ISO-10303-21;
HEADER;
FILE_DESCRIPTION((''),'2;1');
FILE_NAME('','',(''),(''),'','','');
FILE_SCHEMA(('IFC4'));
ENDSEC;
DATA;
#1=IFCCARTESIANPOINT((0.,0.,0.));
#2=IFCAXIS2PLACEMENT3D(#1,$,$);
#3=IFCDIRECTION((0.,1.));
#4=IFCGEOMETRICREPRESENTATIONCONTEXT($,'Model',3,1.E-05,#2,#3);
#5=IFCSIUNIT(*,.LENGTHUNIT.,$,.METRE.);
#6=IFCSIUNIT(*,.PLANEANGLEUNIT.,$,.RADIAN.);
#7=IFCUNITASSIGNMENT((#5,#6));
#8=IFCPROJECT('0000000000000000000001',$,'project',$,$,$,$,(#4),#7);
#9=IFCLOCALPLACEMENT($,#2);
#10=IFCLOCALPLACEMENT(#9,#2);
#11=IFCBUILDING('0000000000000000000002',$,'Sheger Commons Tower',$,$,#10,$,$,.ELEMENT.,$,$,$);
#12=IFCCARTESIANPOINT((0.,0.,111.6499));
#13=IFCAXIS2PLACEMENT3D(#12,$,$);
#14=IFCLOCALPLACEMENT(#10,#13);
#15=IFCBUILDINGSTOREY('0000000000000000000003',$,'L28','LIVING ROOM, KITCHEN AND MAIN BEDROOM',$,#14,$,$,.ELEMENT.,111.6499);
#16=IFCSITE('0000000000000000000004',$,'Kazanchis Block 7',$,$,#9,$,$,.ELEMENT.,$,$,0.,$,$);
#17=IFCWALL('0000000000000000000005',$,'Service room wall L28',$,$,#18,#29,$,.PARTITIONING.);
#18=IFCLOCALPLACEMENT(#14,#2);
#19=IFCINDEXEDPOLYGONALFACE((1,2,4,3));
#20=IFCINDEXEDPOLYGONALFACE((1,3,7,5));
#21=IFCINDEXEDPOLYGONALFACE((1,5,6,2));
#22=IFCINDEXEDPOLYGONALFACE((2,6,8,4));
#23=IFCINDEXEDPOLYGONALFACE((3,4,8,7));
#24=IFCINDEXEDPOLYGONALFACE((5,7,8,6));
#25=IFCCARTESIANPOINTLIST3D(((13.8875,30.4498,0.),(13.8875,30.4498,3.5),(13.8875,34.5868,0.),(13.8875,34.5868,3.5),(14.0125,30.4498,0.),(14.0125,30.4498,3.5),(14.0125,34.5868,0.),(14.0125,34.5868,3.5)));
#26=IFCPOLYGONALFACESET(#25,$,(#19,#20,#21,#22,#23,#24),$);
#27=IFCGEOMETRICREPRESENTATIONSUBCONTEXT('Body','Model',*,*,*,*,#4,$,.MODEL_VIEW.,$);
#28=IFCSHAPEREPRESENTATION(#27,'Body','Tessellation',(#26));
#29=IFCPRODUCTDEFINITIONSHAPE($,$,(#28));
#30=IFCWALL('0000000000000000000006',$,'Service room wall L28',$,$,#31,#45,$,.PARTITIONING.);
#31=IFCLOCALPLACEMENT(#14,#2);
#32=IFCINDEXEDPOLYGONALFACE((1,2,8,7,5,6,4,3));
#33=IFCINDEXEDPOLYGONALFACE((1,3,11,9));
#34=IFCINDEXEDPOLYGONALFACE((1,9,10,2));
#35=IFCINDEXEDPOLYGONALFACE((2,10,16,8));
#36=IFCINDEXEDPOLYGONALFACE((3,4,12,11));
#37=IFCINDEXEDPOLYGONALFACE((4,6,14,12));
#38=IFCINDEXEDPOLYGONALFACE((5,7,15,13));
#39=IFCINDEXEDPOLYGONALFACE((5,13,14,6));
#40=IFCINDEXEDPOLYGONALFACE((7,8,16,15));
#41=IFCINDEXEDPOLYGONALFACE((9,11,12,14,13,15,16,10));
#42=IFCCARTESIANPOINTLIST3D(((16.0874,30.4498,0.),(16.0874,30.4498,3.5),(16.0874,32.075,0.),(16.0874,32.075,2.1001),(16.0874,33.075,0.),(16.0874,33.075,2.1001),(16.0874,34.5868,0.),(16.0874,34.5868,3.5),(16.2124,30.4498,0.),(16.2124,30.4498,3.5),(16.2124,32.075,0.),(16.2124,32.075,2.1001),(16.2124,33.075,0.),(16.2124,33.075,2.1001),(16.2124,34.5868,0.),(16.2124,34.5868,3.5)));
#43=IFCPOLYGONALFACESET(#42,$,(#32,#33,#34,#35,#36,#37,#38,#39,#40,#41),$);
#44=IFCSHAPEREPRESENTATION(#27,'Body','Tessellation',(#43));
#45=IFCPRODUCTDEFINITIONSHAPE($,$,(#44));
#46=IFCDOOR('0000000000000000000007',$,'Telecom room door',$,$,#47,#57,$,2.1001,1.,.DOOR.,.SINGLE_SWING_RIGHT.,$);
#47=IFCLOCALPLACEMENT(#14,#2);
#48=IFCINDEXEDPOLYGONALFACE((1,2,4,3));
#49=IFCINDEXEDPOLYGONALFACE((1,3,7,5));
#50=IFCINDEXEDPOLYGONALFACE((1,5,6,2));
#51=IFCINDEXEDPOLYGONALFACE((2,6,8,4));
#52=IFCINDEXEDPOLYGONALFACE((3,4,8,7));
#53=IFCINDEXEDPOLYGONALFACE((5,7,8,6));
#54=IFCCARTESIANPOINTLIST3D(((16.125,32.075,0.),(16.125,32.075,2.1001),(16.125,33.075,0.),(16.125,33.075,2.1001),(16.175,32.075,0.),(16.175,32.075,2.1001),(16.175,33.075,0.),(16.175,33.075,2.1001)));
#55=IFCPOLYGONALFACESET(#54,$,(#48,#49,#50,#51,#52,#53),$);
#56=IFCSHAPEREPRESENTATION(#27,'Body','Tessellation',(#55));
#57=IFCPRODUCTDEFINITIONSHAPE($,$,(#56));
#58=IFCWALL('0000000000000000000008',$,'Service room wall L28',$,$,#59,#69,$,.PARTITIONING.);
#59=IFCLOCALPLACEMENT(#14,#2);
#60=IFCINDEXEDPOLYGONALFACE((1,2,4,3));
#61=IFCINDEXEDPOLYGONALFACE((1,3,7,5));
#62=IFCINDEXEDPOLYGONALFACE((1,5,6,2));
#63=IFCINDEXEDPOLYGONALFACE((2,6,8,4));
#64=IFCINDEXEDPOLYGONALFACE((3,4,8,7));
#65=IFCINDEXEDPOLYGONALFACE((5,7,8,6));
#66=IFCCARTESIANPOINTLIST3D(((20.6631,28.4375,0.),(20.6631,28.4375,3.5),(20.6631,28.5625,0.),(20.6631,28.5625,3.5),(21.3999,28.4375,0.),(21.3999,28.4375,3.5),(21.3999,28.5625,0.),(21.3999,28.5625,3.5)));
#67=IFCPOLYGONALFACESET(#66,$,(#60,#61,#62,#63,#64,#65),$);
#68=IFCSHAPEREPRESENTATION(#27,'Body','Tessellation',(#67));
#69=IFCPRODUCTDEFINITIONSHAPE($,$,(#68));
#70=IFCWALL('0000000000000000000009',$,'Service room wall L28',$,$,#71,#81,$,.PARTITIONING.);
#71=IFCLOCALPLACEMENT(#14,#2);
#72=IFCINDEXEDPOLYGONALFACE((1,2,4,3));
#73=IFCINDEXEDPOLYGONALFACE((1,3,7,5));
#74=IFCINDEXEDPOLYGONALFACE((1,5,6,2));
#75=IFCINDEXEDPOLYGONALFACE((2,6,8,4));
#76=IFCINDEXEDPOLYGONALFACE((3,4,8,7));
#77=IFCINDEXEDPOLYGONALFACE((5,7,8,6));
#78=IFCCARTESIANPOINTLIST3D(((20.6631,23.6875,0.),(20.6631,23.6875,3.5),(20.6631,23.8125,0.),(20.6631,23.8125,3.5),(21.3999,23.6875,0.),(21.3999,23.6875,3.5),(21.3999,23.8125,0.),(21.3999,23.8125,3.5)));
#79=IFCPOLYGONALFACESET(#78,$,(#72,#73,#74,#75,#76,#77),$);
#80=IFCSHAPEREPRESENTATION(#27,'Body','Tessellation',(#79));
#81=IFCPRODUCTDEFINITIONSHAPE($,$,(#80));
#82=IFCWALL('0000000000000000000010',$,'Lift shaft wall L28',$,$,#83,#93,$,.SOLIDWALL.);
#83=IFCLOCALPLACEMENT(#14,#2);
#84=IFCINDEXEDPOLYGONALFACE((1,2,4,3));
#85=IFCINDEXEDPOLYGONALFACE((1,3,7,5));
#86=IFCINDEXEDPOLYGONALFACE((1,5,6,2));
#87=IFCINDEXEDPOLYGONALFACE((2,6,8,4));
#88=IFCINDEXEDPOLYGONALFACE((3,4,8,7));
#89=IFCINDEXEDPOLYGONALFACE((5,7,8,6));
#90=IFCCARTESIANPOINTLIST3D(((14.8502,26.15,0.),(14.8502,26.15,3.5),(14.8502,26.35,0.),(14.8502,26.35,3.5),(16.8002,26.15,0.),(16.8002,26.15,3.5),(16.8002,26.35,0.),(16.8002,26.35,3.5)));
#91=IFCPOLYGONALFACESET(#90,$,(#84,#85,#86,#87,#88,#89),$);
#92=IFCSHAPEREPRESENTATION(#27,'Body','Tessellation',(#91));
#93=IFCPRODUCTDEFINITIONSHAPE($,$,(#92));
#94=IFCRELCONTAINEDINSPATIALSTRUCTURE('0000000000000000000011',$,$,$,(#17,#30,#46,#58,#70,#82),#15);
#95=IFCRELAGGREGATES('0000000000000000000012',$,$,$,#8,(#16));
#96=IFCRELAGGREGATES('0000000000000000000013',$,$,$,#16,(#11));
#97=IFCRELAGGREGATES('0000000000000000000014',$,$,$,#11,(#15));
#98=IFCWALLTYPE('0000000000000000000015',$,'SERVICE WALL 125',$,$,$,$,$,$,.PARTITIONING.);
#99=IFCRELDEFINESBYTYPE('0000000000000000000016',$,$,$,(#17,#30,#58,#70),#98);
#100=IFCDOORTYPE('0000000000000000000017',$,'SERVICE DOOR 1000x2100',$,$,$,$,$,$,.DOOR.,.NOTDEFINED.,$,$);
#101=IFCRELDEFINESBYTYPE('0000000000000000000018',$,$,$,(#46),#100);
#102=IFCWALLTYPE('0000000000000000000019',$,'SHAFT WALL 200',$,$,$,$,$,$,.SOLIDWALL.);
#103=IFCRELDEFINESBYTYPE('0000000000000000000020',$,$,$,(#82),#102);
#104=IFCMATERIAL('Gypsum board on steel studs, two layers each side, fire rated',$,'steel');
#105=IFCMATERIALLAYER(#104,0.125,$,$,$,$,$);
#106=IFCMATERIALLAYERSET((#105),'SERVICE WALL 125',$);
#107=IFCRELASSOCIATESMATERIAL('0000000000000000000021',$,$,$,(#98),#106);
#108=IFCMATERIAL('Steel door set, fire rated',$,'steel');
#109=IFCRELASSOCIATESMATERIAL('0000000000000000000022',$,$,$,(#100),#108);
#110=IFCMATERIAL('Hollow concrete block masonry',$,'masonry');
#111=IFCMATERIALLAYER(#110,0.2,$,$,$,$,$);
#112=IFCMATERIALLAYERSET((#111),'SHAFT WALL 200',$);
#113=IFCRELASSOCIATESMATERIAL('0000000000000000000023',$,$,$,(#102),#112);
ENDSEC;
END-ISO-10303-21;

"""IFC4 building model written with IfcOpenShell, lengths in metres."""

from ifc_helpers import new_model, si_unit, direction, frame, frame_2d, origin, place, context, subcontext, project, spatial, rectangle, extrude, material, layer, layer_set, type_object, element, fill, save


model = new_model("IFC4")

# Units and contexts
model_context = context("Model", 3, precision=1e-05, world=origin(), true_north=direction((0.0, 1.0)))
body_context = subcontext(model_context, "Body", "Model", "MODEL_VIEW")
ifc_project = project(units=[si_unit("LENGTHUNIT", "METRE"), si_unit("PLANEANGLEUNIT", "RADIAN")], contexts=[model_context])

# Site, building, storey
site_placement = place(None, origin())
site = spatial("IfcSite", under=ifc_project, at=site_placement, Name="Kazanchis Block 7", CompositionType="ELEMENT", RefElevation=0.0)
building_placement = place(site_placement, origin())
building = spatial("IfcBuilding", under=site, at=building_placement, Name="Sheger Commons Tower", CompositionType="ELEMENT")
storey_placement = place(building_placement, frame((0.0, 0.0, 111.6499)))
storey = spatial("IfcBuildingStorey", under=building, at=storey_placement, Name="L28", Description="LIVING ROOM, KITCHEN AND MAIN BEDROOM", CompositionType="ELEMENT", Elevation=111.6499)

# Wall
ifc_material_1 = material(Name="Gypsum board on steel studs, two layers each side, fire rated", Category="steel")
ifc_layer_1 = layer(ifc_material_1, 0.125)
ifc_layer_set_1 = layer_set([ifc_layer_1], Name="SERVICE WALL 125")
wall_type_1 = type_object("IfcWallType", Name="SERVICE WALL 125", PredefinedType="PARTITIONING", material=ifc_layer_set_1)
wall_1_placement = place(storey_placement, frame((13.95, 30.45, 0.0), z_axis=(0.0, 0.0, 1.0), x_axis=(0.0, 1.0, 0.0)))
element("IfcWall", 1, at=wall_1_placement, inside=storey, type_object=wall_type_1, Name="Service room wall L28", PredefinedType="PARTITIONING", context=body_context, shape_type="SweptSolid", body=[
    extrude(rectangle(XDim=4.137, YDim=0.125, at=frame_2d((2.0684, 0.0))), origin(), (0.0, 0.0, 1.0), 3.5),
])

# Wall, opening, door
wall_2_placement = place(storey_placement, frame((16.1499, 30.45, 0.0), z_axis=(0.0, 0.0, 1.0), x_axis=(0.0, 1.0, 0.0)))
wall_2 = element("IfcWall", 2, at=wall_2_placement, inside=storey, type_object=wall_type_1, Name="Service room wall L28", PredefinedType="PARTITIONING", context=body_context, shape_type="SweptSolid", body=[
    extrude(rectangle(XDim=4.137, YDim=0.125, at=frame_2d((2.0684, 0.0))), origin(), (0.0, 0.0, 1.0), 3.5),
])
opening_1_placement = place(wall_2_placement, frame((1.625, 0.0, 0.0)))
opening_1 = element("IfcOpeningElement", 3, at=opening_1_placement, cuts=wall_2, PredefinedType="OPENING", context=body_context, shape_type="SweptSolid", body=[
    extrude(rectangle(XDim=1.0, YDim=2.1001, at=frame_2d((0.5, 1.05))), frame((0.0, 0.0725, 0.0), z_axis=(0.0, -1.0, 0.0), x_axis=(1.0, 0.0, 0.0)), (0.0, 0.0, 1.0), 0.145),
])
ifc_material_2 = material(Name="Steel door set, fire rated", Category="steel")
door_type_1 = type_object("IfcDoorType", Name="SERVICE DOOR 1000x2100", OperationType="NOTDEFINED", PredefinedType="DOOR", material=ifc_material_2)
door_1_placement = place(opening_1_placement, origin())
door_1 = element("IfcDoor", 4, at=door_1_placement, inside=storey, type_object=door_type_1, Name="Telecom room door", OperationType="SINGLE_SWING_RIGHT", OverallHeight=2.1001, OverallWidth=1.0, PredefinedType="DOOR", context=body_context, shape_type="SweptSolid", body=[
    extrude(rectangle(XDim=1.0, YDim=2.1001, at=frame_2d((0.5, 1.05))), frame((0.0, 0.0249, 0.0), z_axis=(0.0, -1.0, 0.0), x_axis=(1.0, 0.0, 0.0)), (0.0, 0.0, 1.0), 0.05),
])
fill(opening_1, door_1)

# Walls
for number, where, z_axis, x_axis, name in (
    (5, (20.6631, 28.5, 0.0), (0.0, 0.0, 1.0), (1.0, 0.0, 0.0), "Service room wall L28"),
    (6, (20.6631, 23.75, 0.0), (0.0, 0.0, 1.0), (1.0, 0.0, 0.0), "Service room wall L28"),
):
    element("IfcWall", number, at=place(storey_placement, frame(where, z_axis=z_axis, x_axis=x_axis)), inside=storey, type_object=wall_type_1, Name=name, PredefinedType="PARTITIONING", context=body_context, shape_type="SweptSolid", body=[
        extrude(rectangle(XDim=0.7368, YDim=0.125, at=frame_2d((0.3684, 0.0))), origin(), (0.0, 0.0, 1.0), 3.5),
    ])
ifc_material_3 = material(Name="Hollow concrete block masonry", Category="masonry")
ifc_layer_2 = layer(ifc_material_3, 0.2)
ifc_layer_set_2 = layer_set([ifc_layer_2], Name="SHAFT WALL 200")
wall_type_2 = type_object("IfcWallType", Name="SHAFT WALL 200", PredefinedType="SOLIDWALL", material=ifc_layer_set_2)
wall_3_placement = place(storey_placement, frame((14.8501, 26.25, 0.0), z_axis=(0.0, 0.0, 1.0), x_axis=(1.0, 0.0, 0.0)))
element("IfcWall", 7, at=wall_3_placement, inside=storey, type_object=wall_type_2, Name="Lift shaft wall L28", PredefinedType="SOLIDWALL", context=body_context, shape_type="SweptSolid", body=[
    extrude(rectangle(XDim=1.95, YDim=0.2, at=frame_2d((0.9751, 0.0))), origin(), (0.0, 0.0, 1.0), 3.5),
])

save(model, "model.ifc")
